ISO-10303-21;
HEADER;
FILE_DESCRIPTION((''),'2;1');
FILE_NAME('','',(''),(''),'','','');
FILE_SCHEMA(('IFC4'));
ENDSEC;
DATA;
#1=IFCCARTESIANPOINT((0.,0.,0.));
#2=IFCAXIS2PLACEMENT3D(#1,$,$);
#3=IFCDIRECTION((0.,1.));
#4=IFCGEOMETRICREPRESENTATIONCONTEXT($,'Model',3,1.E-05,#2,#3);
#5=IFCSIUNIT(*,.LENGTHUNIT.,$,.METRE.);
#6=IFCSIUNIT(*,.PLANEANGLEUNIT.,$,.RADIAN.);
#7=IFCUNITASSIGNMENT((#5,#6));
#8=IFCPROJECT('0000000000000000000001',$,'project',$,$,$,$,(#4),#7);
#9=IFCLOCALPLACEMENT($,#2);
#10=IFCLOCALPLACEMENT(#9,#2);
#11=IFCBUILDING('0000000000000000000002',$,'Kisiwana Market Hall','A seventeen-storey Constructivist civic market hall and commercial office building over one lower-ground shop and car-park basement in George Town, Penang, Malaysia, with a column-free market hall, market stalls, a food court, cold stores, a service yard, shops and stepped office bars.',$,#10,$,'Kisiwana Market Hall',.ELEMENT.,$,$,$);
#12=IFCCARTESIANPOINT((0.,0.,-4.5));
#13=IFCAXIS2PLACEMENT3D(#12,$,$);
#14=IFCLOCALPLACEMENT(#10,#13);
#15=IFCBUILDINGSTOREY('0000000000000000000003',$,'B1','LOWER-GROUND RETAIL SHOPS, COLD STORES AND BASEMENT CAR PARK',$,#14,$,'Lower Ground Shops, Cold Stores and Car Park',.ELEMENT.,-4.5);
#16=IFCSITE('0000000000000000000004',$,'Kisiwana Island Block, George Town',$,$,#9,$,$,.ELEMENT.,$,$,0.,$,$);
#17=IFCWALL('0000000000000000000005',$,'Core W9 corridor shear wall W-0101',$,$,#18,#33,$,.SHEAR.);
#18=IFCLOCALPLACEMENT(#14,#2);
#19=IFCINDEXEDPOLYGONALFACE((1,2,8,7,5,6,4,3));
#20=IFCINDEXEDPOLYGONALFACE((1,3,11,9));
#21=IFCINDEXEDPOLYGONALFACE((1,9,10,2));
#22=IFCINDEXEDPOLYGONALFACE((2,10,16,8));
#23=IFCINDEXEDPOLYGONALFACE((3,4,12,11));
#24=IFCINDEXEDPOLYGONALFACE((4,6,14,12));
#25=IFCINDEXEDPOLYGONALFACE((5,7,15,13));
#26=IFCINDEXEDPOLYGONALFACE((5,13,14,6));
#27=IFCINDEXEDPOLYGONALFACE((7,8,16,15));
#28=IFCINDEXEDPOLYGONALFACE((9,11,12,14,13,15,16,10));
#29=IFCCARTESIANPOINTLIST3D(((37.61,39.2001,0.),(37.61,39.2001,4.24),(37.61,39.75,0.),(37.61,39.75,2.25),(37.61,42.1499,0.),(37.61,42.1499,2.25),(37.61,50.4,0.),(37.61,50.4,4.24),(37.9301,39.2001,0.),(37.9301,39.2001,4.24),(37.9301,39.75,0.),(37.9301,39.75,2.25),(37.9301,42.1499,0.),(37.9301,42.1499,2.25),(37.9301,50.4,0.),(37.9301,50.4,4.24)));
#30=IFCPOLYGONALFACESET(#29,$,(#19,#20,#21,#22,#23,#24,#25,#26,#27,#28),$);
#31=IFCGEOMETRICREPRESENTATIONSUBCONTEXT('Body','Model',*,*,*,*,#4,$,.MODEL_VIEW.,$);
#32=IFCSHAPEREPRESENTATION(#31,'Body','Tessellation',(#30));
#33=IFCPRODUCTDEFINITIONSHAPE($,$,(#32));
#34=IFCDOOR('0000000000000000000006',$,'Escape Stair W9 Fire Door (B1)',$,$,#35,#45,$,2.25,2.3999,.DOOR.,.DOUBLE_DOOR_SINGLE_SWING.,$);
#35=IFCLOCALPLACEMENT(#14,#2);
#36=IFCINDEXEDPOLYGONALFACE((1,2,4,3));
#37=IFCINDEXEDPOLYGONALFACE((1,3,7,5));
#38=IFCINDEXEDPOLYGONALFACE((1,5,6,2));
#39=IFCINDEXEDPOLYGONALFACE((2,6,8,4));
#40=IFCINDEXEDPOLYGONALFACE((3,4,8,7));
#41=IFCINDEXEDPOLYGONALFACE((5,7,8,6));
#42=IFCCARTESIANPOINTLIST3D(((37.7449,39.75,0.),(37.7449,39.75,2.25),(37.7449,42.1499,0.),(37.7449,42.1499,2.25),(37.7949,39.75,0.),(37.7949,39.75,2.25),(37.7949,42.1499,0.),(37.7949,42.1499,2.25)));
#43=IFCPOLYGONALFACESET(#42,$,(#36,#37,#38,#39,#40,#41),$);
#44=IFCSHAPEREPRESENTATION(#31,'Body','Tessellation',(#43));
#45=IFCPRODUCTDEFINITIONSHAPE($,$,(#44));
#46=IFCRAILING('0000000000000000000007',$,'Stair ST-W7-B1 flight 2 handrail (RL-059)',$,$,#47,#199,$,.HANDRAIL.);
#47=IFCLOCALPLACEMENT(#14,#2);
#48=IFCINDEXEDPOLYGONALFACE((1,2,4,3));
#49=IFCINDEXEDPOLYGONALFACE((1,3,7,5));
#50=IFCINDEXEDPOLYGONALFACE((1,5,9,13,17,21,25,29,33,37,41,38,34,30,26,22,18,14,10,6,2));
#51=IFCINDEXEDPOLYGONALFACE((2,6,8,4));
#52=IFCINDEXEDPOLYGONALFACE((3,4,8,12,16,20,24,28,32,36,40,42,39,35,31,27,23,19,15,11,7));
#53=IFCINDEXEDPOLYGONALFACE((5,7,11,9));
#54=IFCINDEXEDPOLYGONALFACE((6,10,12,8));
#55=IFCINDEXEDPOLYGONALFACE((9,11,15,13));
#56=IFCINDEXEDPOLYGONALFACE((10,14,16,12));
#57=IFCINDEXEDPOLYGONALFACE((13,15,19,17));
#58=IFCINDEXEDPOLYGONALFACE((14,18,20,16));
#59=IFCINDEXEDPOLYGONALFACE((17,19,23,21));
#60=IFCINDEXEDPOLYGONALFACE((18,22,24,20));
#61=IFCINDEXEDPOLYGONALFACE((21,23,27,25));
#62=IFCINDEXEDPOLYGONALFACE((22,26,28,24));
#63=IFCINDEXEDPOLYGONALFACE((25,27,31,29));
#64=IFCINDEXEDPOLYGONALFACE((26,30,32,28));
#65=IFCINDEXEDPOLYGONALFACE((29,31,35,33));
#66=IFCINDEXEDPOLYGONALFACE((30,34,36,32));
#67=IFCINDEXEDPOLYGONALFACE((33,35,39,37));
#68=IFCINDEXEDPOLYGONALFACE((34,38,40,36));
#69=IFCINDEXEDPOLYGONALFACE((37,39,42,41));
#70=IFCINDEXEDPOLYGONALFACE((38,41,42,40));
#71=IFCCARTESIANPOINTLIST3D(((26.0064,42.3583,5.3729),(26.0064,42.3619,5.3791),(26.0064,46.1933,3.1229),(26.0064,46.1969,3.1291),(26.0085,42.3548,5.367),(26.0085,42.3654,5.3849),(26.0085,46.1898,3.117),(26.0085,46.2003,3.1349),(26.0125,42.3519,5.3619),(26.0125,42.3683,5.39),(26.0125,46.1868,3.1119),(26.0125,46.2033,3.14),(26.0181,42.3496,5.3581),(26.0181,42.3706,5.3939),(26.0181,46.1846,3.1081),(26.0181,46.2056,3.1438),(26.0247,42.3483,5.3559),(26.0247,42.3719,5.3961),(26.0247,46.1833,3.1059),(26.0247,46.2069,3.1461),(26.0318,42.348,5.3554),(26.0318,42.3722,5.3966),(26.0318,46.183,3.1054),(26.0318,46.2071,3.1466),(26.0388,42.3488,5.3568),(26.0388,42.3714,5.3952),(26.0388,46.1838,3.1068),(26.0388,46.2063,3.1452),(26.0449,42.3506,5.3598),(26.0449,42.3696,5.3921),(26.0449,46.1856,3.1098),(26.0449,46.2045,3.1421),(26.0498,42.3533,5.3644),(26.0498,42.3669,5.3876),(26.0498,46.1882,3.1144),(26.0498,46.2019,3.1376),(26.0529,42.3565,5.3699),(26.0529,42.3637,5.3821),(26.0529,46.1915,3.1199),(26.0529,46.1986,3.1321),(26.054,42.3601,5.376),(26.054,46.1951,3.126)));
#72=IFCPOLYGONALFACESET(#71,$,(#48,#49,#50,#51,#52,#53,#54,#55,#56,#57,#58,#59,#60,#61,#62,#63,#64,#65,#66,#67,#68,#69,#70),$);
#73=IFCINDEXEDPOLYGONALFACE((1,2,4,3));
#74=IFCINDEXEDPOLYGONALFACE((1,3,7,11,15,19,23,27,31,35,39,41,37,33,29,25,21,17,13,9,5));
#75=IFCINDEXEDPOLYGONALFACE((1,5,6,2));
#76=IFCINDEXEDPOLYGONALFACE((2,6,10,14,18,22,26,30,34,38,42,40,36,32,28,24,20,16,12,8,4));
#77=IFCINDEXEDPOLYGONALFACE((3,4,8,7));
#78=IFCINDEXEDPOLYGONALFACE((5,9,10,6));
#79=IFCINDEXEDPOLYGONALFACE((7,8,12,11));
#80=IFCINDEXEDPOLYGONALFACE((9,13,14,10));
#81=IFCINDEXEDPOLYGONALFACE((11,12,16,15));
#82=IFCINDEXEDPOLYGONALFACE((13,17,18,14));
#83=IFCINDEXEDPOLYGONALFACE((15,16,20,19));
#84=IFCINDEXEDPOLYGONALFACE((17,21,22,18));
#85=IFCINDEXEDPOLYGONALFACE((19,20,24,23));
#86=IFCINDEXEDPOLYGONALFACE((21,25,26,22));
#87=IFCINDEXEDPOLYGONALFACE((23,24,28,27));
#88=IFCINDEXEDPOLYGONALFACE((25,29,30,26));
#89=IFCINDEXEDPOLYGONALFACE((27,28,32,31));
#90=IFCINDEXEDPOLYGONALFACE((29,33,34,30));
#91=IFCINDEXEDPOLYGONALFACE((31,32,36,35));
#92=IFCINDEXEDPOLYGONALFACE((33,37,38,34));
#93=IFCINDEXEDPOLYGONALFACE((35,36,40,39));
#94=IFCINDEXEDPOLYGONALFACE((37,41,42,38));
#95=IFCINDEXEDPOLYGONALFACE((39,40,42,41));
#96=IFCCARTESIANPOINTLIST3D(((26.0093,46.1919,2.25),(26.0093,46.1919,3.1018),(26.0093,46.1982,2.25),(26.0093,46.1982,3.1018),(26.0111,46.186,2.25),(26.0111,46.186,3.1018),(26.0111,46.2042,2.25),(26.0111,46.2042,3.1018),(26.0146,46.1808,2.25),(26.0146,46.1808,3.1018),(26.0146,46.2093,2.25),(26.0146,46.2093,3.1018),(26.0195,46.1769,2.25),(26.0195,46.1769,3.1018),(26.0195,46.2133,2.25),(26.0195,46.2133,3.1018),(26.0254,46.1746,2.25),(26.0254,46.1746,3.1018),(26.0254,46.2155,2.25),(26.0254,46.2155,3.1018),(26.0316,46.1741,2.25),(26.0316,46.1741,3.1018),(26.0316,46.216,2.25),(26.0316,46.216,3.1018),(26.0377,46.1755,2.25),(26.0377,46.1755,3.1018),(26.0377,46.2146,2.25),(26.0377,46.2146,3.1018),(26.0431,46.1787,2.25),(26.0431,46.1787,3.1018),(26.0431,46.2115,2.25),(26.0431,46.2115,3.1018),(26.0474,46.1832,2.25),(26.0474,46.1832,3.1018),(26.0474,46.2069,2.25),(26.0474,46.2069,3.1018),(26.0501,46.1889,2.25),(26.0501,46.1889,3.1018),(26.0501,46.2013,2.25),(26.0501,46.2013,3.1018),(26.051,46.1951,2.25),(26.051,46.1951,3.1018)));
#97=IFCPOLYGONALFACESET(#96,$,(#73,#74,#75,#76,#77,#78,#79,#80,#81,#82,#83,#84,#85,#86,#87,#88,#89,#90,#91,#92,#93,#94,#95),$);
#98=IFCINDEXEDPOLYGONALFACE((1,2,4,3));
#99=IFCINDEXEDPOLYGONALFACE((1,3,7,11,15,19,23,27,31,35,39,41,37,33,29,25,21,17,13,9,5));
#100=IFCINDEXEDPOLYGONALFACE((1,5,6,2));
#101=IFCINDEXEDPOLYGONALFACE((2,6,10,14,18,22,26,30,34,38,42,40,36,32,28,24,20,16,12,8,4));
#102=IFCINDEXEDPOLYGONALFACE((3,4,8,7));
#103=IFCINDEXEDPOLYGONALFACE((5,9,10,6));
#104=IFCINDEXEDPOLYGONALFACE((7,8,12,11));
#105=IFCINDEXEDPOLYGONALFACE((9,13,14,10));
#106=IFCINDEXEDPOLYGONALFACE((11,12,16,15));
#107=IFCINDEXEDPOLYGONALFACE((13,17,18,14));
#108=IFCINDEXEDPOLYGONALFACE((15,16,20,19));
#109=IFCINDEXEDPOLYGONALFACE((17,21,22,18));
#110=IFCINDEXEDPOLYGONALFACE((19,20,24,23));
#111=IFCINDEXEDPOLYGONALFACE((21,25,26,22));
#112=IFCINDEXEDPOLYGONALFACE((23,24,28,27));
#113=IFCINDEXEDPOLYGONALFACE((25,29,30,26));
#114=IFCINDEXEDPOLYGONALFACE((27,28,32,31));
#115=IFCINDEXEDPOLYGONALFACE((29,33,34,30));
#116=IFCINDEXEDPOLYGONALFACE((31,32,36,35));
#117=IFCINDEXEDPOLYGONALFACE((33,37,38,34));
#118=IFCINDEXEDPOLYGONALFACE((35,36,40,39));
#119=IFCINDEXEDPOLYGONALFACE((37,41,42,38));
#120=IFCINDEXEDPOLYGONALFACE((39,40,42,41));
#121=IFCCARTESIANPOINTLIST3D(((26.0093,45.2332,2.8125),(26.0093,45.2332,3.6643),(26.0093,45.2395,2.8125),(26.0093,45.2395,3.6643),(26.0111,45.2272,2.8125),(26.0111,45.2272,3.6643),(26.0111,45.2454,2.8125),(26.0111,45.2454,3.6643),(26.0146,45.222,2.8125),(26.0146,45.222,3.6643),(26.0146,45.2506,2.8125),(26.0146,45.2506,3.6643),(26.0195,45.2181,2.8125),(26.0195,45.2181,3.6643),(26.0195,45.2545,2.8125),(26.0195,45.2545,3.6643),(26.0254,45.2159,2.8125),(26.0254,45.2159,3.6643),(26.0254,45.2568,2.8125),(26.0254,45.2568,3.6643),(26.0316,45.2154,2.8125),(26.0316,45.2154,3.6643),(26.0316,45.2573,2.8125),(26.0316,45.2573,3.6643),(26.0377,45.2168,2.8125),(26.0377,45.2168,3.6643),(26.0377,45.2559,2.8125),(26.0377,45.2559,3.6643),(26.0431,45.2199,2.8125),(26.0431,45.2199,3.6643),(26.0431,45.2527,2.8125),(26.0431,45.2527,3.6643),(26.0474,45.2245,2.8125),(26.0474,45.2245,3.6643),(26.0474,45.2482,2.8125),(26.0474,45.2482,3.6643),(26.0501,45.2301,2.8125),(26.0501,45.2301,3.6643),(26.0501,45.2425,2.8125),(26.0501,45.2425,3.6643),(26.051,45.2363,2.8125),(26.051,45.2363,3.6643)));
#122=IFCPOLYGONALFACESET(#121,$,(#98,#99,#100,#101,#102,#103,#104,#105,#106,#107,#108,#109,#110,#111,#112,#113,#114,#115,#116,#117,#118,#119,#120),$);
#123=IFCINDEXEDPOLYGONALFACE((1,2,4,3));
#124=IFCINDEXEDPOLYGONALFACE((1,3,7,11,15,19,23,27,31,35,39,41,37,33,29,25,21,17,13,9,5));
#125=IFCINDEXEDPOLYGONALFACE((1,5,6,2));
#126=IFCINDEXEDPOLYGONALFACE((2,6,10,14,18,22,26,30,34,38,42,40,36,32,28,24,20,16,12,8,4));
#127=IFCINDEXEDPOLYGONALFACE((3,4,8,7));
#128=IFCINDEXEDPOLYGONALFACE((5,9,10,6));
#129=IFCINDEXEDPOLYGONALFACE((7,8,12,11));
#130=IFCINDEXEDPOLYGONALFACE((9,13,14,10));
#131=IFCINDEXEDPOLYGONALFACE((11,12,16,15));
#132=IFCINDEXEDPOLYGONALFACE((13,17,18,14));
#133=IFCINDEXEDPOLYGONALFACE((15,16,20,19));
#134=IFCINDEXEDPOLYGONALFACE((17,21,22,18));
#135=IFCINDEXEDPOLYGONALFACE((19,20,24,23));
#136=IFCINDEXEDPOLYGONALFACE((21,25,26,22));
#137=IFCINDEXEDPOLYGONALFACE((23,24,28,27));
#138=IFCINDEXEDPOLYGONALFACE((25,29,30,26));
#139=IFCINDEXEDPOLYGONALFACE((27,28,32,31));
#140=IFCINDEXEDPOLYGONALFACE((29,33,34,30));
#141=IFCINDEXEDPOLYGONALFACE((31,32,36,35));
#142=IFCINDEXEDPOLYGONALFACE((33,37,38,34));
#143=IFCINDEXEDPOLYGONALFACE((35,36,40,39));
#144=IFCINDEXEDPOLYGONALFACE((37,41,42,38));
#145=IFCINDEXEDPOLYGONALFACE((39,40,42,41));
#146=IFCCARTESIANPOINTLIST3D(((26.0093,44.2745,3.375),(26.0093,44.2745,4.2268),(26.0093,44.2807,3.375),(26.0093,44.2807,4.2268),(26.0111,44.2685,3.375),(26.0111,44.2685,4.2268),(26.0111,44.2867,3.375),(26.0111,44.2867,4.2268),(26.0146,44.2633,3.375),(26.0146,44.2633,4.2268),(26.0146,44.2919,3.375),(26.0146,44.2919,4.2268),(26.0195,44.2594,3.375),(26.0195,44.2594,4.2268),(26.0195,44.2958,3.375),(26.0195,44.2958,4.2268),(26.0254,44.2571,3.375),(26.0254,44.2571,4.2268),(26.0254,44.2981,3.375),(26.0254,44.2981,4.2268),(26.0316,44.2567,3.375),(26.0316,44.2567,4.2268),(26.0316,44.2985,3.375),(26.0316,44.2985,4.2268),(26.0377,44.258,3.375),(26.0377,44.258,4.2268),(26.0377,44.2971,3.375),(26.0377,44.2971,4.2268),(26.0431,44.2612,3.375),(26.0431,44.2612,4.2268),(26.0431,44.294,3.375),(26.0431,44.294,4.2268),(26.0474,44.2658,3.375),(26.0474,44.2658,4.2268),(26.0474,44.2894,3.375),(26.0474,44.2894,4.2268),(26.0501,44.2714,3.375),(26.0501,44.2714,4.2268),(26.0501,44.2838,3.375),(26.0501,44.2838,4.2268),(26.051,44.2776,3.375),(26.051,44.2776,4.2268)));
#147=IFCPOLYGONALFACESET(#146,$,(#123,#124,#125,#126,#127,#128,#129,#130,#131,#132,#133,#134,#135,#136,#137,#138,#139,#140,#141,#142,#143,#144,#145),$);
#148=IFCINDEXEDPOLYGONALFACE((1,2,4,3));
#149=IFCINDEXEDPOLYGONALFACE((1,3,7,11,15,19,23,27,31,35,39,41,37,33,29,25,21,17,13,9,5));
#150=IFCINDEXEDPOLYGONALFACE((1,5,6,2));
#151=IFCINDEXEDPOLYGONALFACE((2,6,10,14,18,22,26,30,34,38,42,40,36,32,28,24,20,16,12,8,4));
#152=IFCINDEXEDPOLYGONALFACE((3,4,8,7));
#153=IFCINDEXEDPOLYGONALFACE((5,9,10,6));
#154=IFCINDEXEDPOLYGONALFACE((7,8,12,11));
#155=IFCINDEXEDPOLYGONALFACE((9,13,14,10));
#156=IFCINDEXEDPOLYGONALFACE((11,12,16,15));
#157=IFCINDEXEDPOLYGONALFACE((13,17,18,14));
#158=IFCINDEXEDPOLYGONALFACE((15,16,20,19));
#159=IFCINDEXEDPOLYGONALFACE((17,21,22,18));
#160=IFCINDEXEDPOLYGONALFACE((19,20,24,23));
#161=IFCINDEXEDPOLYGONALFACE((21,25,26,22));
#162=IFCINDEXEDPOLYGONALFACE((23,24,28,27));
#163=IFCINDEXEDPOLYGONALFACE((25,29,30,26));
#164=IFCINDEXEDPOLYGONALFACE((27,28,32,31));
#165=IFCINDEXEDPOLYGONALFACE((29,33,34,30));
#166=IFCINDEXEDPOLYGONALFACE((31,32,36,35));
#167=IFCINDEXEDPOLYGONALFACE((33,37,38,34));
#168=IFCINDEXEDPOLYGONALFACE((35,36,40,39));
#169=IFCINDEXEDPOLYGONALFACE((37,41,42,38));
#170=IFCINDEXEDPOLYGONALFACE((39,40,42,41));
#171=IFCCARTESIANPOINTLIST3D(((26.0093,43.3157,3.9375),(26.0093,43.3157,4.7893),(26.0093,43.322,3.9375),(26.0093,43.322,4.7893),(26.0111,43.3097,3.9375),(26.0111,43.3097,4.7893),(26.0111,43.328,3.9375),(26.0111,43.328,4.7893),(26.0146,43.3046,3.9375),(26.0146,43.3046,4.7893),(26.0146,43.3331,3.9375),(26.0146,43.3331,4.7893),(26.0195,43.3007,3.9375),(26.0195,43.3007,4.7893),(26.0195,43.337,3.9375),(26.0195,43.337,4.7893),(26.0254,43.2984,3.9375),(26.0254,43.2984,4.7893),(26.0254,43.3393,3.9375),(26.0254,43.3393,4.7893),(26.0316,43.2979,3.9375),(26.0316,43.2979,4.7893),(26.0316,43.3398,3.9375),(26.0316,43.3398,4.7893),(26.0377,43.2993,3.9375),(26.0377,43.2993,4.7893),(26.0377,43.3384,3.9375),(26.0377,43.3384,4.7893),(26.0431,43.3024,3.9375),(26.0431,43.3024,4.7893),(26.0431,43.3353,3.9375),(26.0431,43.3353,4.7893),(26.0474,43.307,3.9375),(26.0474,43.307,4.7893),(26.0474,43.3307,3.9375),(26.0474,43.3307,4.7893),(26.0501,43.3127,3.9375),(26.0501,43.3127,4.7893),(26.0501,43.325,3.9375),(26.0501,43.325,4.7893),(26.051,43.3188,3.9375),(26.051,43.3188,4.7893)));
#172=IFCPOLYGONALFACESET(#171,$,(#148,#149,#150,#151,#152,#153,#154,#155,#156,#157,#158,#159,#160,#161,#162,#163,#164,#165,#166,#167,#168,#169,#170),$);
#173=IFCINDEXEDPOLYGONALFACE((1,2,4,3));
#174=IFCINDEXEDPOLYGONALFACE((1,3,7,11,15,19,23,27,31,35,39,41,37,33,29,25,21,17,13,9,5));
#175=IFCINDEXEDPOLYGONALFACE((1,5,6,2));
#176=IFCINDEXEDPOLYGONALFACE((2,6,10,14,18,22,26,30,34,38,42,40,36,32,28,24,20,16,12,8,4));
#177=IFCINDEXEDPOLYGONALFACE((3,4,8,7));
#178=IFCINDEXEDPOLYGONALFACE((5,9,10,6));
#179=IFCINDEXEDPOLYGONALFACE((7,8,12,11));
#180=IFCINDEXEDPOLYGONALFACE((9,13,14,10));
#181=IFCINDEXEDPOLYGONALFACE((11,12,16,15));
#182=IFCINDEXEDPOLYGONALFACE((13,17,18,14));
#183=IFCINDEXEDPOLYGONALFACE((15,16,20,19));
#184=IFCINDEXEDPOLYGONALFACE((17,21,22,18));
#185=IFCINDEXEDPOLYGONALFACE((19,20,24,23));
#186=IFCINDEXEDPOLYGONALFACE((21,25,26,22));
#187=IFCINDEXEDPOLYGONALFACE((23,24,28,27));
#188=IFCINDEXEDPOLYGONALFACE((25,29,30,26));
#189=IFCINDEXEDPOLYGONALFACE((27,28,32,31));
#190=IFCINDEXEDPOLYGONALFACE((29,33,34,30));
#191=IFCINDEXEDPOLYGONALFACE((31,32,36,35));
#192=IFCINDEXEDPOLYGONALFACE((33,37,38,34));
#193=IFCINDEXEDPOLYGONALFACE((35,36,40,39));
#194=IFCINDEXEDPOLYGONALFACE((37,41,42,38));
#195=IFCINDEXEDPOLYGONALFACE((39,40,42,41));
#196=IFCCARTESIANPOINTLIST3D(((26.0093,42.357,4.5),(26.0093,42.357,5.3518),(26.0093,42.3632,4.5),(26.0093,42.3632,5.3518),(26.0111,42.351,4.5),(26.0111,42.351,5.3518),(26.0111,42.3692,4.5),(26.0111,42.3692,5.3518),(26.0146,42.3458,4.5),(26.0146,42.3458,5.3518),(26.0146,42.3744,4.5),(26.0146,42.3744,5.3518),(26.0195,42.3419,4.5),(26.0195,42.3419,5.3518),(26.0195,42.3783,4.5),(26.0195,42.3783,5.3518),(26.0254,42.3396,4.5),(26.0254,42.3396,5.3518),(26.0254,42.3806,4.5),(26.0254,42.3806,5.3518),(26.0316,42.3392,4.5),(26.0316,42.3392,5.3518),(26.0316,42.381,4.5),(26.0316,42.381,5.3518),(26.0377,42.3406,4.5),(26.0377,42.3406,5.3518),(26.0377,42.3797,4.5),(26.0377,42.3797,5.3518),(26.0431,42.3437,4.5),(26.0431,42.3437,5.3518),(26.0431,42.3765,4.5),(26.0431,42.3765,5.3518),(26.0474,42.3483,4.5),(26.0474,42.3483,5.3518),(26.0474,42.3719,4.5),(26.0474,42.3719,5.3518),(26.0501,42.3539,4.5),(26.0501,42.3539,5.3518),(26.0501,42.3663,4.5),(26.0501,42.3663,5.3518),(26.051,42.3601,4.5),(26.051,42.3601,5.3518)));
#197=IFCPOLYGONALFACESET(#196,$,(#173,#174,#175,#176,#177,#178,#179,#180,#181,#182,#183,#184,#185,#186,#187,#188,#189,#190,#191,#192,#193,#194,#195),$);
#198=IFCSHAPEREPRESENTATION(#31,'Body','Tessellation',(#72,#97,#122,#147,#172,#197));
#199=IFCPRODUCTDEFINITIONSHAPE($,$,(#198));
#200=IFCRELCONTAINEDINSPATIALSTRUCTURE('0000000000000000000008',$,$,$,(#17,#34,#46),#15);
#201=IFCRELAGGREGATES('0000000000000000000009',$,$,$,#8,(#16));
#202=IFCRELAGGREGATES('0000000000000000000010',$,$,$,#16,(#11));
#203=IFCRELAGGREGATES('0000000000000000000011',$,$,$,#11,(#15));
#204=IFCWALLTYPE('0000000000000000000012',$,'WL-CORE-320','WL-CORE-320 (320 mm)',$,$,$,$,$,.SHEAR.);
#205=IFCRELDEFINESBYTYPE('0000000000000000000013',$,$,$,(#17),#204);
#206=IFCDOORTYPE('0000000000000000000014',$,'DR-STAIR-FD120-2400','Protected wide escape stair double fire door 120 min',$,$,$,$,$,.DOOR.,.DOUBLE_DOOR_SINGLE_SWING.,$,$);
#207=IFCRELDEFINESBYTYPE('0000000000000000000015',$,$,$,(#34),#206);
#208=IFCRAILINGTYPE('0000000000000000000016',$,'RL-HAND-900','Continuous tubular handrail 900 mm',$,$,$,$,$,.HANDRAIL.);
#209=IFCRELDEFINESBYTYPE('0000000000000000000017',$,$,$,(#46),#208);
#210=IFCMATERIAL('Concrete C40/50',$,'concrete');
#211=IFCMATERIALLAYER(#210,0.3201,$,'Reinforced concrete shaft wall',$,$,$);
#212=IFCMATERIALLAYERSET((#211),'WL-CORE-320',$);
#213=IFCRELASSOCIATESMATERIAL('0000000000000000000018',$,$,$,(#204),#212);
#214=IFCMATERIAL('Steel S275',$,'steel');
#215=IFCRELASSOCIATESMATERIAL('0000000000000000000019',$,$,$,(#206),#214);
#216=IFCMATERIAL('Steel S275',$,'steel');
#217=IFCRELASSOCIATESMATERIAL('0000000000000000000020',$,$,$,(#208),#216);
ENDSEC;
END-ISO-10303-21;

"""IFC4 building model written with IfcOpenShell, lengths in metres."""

from ifc_helpers import new_model, si_unit, direction, frame, frame_2d, origin, origin_2d, place, context, subcontext, project, spatial, rectangle, circle, extrude, material, layer, layer_set, type_object, element, fill, save


model = new_model("IFC4")

# Units and contexts
model_context = context("Model", 3, precision=1e-05, world=origin(), true_north=direction((0.0, 1.0)))
body_context = subcontext(model_context, "Body", "Model", "MODEL_VIEW")
ifc_project = project(units=[si_unit("LENGTHUNIT", "METRE"), si_unit("PLANEANGLEUNIT", "RADIAN")], contexts=[model_context])

# Site, building, storey
site_placement = place(None, origin())
site = spatial("IfcSite", under=ifc_project, at=site_placement, Name="Kisiwana Island Block, George Town", CompositionType="ELEMENT", RefElevation=0.0)
building_placement = place(site_placement, origin())
building = spatial("IfcBuilding", under=site, at=building_placement, Name="Kisiwana Market Hall", Description="A seventeen-storey Constructivist civic market hall and commercial office building over one lower-ground shop and car-park basement in George Town, Penang, Malaysia, with a column-free market hall, market stalls, a food court, cold stores, a service yard, shops and stepped office bars.", LongName="Kisiwana Market Hall", CompositionType="ELEMENT")
storey_placement = place(building_placement, frame((0.0, 0.0, -4.5)))
storey = spatial("IfcBuildingStorey", under=building, at=storey_placement, Name="B1", Description="LOWER-GROUND RETAIL SHOPS, COLD STORES AND BASEMENT CAR PARK", LongName="Lower Ground Shops, Cold Stores and Car Park", CompositionType="ELEMENT", Elevation=-4.5)

# Shared definitions
ifc_material_1 = material(Name="Concrete C40/50", Category="concrete")
ifc_layer = layer(ifc_material_1, 0.3201, Name="Reinforced concrete shaft wall")
ifc_layer_set = layer_set([ifc_layer], Name="WL-CORE-320")
wall_type = type_object("IfcWallType", Name="WL-CORE-320", Description="WL-CORE-320 (320 mm)", PredefinedType="SHEAR", material=ifc_layer_set)

# Wall, opening, door
wall_1_placement = place(storey_placement, frame((37.77, 39.2, 0.0), z_axis=(0.0, 0.0, 1.0), x_axis=(0.0, 1.0, 0.0)))
wall_1 = element("IfcWall", 1, at=wall_1_placement, inside=storey, type_object=wall_type, Name="Core W9 corridor shear wall W-0101", PredefinedType="SHEAR", context=body_context, shape_type="SweptSolid", body=[
    extrude(rectangle(XDim=11.2, YDim=0.3201, at=frame_2d((5.6001, 0.0))), origin(), (0.0, 0.0, 1.0), 4.24),
])
opening_placement = place(wall_1_placement, frame((0.55, 0.0, 0.0)))
opening = element("IfcOpeningElement", 2, at=opening_placement, cuts=wall_1, PredefinedType="OPENING", context=body_context, shape_type="SweptSolid", body=[
    extrude(rectangle(XDim=2.3999, YDim=2.25, at=frame_2d((1.2, 1.125))), frame((0.0, 0.1719, 0.0), z_axis=(0.0, -1.0, 0.0), x_axis=(1.0, 0.0, 0.0)), (0.0, 0.0, 1.0), 0.344),
])
ifc_material_2 = material(Name="Steel S275", Category="steel")
door_type = type_object("IfcDoorType", Name="DR-STAIR-FD120-2400", Description="Protected wide escape stair double fire door 120 min", OperationType="DOUBLE_DOOR_SINGLE_SWING", PredefinedType="DOOR", material=ifc_material_2)
door_placement = place(opening_placement, frame((2.3999, 0.0, 0.0), z_axis=(0.0, 0.0, 1.0), x_axis=(-1.0, 0.0, 0.0)))
door = element("IfcDoor", 3, at=door_placement, inside=storey, type_object=door_type, Name="Escape Stair W9 Fire Door (B1)", OperationType="DOUBLE_DOOR_SINGLE_SWING", OverallHeight=2.25, OverallWidth=2.3999, PredefinedType="DOOR", context=body_context, shape_type="SweptSolid", body=[
    extrude(rectangle(XDim=2.3999, YDim=2.25, at=frame_2d((1.2, 1.125))), frame((0.0, 0.0249, 0.0), z_axis=(0.0, -1.0, 0.0), x_axis=(1.0, 0.0, 0.0)), (0.0, 0.0, 1.0), 0.05),
])
fill(opening, door)

# Railing
ifc_material_3 = material(Name="Steel S275", Category="steel")
railing_type_1 = type_object("IfcRailingType", Name="RL-HAND-900", Description="Continuous tubular handrail 900 mm", PredefinedType="HANDRAIL", material=ifc_material_3)
for number, where, name in (
    (4, (26.03, 46.1951, 2.25), "Stair ST-W7-B1 flight 2 handrail (RL-059)"),
):
    element("IfcRailing", number, at=place(storey_placement, frame(where)), inside=storey, type_object=railing_type_1, Name=name, PredefinedType="HANDRAIL", context=body_context, shape_type="SweptSolid", body=[
        extrude(circle(Radius=0.0239, at=origin_2d()), frame((0.0, 0.0, 0.876), z_axis=(0.0, -0.86251, 0.506041), x_axis=(1.0, 0.0, 0.0)), (0.0, 0.0, 1.0), 4.4463),
        extrude(circle(Radius=0.021, at=origin_2d()), origin(), (0.0, 0.0, 1.0), 0.8518),
        extrude(circle(Radius=0.021, at=origin_2d()), frame((0.0, -0.9587, 0.5625)), (0.0, 0.0, 1.0), 0.8518),
        extrude(circle(Radius=0.021, at=origin_2d()), frame((0.0, -1.9175, 1.125)), (0.0, 0.0, 1.0), 0.8518),
        extrude(circle(Radius=0.021, at=origin_2d()), frame((0.0, -2.8762, 1.6875)), (0.0, 0.0, 1.0), 0.8518),
        extrude(circle(Radius=0.021, at=origin_2d()), frame((0.0, -3.835, 2.25)), (0.0, 0.0, 1.0), 0.8518),
    ])

save(model, "model.ifc")
